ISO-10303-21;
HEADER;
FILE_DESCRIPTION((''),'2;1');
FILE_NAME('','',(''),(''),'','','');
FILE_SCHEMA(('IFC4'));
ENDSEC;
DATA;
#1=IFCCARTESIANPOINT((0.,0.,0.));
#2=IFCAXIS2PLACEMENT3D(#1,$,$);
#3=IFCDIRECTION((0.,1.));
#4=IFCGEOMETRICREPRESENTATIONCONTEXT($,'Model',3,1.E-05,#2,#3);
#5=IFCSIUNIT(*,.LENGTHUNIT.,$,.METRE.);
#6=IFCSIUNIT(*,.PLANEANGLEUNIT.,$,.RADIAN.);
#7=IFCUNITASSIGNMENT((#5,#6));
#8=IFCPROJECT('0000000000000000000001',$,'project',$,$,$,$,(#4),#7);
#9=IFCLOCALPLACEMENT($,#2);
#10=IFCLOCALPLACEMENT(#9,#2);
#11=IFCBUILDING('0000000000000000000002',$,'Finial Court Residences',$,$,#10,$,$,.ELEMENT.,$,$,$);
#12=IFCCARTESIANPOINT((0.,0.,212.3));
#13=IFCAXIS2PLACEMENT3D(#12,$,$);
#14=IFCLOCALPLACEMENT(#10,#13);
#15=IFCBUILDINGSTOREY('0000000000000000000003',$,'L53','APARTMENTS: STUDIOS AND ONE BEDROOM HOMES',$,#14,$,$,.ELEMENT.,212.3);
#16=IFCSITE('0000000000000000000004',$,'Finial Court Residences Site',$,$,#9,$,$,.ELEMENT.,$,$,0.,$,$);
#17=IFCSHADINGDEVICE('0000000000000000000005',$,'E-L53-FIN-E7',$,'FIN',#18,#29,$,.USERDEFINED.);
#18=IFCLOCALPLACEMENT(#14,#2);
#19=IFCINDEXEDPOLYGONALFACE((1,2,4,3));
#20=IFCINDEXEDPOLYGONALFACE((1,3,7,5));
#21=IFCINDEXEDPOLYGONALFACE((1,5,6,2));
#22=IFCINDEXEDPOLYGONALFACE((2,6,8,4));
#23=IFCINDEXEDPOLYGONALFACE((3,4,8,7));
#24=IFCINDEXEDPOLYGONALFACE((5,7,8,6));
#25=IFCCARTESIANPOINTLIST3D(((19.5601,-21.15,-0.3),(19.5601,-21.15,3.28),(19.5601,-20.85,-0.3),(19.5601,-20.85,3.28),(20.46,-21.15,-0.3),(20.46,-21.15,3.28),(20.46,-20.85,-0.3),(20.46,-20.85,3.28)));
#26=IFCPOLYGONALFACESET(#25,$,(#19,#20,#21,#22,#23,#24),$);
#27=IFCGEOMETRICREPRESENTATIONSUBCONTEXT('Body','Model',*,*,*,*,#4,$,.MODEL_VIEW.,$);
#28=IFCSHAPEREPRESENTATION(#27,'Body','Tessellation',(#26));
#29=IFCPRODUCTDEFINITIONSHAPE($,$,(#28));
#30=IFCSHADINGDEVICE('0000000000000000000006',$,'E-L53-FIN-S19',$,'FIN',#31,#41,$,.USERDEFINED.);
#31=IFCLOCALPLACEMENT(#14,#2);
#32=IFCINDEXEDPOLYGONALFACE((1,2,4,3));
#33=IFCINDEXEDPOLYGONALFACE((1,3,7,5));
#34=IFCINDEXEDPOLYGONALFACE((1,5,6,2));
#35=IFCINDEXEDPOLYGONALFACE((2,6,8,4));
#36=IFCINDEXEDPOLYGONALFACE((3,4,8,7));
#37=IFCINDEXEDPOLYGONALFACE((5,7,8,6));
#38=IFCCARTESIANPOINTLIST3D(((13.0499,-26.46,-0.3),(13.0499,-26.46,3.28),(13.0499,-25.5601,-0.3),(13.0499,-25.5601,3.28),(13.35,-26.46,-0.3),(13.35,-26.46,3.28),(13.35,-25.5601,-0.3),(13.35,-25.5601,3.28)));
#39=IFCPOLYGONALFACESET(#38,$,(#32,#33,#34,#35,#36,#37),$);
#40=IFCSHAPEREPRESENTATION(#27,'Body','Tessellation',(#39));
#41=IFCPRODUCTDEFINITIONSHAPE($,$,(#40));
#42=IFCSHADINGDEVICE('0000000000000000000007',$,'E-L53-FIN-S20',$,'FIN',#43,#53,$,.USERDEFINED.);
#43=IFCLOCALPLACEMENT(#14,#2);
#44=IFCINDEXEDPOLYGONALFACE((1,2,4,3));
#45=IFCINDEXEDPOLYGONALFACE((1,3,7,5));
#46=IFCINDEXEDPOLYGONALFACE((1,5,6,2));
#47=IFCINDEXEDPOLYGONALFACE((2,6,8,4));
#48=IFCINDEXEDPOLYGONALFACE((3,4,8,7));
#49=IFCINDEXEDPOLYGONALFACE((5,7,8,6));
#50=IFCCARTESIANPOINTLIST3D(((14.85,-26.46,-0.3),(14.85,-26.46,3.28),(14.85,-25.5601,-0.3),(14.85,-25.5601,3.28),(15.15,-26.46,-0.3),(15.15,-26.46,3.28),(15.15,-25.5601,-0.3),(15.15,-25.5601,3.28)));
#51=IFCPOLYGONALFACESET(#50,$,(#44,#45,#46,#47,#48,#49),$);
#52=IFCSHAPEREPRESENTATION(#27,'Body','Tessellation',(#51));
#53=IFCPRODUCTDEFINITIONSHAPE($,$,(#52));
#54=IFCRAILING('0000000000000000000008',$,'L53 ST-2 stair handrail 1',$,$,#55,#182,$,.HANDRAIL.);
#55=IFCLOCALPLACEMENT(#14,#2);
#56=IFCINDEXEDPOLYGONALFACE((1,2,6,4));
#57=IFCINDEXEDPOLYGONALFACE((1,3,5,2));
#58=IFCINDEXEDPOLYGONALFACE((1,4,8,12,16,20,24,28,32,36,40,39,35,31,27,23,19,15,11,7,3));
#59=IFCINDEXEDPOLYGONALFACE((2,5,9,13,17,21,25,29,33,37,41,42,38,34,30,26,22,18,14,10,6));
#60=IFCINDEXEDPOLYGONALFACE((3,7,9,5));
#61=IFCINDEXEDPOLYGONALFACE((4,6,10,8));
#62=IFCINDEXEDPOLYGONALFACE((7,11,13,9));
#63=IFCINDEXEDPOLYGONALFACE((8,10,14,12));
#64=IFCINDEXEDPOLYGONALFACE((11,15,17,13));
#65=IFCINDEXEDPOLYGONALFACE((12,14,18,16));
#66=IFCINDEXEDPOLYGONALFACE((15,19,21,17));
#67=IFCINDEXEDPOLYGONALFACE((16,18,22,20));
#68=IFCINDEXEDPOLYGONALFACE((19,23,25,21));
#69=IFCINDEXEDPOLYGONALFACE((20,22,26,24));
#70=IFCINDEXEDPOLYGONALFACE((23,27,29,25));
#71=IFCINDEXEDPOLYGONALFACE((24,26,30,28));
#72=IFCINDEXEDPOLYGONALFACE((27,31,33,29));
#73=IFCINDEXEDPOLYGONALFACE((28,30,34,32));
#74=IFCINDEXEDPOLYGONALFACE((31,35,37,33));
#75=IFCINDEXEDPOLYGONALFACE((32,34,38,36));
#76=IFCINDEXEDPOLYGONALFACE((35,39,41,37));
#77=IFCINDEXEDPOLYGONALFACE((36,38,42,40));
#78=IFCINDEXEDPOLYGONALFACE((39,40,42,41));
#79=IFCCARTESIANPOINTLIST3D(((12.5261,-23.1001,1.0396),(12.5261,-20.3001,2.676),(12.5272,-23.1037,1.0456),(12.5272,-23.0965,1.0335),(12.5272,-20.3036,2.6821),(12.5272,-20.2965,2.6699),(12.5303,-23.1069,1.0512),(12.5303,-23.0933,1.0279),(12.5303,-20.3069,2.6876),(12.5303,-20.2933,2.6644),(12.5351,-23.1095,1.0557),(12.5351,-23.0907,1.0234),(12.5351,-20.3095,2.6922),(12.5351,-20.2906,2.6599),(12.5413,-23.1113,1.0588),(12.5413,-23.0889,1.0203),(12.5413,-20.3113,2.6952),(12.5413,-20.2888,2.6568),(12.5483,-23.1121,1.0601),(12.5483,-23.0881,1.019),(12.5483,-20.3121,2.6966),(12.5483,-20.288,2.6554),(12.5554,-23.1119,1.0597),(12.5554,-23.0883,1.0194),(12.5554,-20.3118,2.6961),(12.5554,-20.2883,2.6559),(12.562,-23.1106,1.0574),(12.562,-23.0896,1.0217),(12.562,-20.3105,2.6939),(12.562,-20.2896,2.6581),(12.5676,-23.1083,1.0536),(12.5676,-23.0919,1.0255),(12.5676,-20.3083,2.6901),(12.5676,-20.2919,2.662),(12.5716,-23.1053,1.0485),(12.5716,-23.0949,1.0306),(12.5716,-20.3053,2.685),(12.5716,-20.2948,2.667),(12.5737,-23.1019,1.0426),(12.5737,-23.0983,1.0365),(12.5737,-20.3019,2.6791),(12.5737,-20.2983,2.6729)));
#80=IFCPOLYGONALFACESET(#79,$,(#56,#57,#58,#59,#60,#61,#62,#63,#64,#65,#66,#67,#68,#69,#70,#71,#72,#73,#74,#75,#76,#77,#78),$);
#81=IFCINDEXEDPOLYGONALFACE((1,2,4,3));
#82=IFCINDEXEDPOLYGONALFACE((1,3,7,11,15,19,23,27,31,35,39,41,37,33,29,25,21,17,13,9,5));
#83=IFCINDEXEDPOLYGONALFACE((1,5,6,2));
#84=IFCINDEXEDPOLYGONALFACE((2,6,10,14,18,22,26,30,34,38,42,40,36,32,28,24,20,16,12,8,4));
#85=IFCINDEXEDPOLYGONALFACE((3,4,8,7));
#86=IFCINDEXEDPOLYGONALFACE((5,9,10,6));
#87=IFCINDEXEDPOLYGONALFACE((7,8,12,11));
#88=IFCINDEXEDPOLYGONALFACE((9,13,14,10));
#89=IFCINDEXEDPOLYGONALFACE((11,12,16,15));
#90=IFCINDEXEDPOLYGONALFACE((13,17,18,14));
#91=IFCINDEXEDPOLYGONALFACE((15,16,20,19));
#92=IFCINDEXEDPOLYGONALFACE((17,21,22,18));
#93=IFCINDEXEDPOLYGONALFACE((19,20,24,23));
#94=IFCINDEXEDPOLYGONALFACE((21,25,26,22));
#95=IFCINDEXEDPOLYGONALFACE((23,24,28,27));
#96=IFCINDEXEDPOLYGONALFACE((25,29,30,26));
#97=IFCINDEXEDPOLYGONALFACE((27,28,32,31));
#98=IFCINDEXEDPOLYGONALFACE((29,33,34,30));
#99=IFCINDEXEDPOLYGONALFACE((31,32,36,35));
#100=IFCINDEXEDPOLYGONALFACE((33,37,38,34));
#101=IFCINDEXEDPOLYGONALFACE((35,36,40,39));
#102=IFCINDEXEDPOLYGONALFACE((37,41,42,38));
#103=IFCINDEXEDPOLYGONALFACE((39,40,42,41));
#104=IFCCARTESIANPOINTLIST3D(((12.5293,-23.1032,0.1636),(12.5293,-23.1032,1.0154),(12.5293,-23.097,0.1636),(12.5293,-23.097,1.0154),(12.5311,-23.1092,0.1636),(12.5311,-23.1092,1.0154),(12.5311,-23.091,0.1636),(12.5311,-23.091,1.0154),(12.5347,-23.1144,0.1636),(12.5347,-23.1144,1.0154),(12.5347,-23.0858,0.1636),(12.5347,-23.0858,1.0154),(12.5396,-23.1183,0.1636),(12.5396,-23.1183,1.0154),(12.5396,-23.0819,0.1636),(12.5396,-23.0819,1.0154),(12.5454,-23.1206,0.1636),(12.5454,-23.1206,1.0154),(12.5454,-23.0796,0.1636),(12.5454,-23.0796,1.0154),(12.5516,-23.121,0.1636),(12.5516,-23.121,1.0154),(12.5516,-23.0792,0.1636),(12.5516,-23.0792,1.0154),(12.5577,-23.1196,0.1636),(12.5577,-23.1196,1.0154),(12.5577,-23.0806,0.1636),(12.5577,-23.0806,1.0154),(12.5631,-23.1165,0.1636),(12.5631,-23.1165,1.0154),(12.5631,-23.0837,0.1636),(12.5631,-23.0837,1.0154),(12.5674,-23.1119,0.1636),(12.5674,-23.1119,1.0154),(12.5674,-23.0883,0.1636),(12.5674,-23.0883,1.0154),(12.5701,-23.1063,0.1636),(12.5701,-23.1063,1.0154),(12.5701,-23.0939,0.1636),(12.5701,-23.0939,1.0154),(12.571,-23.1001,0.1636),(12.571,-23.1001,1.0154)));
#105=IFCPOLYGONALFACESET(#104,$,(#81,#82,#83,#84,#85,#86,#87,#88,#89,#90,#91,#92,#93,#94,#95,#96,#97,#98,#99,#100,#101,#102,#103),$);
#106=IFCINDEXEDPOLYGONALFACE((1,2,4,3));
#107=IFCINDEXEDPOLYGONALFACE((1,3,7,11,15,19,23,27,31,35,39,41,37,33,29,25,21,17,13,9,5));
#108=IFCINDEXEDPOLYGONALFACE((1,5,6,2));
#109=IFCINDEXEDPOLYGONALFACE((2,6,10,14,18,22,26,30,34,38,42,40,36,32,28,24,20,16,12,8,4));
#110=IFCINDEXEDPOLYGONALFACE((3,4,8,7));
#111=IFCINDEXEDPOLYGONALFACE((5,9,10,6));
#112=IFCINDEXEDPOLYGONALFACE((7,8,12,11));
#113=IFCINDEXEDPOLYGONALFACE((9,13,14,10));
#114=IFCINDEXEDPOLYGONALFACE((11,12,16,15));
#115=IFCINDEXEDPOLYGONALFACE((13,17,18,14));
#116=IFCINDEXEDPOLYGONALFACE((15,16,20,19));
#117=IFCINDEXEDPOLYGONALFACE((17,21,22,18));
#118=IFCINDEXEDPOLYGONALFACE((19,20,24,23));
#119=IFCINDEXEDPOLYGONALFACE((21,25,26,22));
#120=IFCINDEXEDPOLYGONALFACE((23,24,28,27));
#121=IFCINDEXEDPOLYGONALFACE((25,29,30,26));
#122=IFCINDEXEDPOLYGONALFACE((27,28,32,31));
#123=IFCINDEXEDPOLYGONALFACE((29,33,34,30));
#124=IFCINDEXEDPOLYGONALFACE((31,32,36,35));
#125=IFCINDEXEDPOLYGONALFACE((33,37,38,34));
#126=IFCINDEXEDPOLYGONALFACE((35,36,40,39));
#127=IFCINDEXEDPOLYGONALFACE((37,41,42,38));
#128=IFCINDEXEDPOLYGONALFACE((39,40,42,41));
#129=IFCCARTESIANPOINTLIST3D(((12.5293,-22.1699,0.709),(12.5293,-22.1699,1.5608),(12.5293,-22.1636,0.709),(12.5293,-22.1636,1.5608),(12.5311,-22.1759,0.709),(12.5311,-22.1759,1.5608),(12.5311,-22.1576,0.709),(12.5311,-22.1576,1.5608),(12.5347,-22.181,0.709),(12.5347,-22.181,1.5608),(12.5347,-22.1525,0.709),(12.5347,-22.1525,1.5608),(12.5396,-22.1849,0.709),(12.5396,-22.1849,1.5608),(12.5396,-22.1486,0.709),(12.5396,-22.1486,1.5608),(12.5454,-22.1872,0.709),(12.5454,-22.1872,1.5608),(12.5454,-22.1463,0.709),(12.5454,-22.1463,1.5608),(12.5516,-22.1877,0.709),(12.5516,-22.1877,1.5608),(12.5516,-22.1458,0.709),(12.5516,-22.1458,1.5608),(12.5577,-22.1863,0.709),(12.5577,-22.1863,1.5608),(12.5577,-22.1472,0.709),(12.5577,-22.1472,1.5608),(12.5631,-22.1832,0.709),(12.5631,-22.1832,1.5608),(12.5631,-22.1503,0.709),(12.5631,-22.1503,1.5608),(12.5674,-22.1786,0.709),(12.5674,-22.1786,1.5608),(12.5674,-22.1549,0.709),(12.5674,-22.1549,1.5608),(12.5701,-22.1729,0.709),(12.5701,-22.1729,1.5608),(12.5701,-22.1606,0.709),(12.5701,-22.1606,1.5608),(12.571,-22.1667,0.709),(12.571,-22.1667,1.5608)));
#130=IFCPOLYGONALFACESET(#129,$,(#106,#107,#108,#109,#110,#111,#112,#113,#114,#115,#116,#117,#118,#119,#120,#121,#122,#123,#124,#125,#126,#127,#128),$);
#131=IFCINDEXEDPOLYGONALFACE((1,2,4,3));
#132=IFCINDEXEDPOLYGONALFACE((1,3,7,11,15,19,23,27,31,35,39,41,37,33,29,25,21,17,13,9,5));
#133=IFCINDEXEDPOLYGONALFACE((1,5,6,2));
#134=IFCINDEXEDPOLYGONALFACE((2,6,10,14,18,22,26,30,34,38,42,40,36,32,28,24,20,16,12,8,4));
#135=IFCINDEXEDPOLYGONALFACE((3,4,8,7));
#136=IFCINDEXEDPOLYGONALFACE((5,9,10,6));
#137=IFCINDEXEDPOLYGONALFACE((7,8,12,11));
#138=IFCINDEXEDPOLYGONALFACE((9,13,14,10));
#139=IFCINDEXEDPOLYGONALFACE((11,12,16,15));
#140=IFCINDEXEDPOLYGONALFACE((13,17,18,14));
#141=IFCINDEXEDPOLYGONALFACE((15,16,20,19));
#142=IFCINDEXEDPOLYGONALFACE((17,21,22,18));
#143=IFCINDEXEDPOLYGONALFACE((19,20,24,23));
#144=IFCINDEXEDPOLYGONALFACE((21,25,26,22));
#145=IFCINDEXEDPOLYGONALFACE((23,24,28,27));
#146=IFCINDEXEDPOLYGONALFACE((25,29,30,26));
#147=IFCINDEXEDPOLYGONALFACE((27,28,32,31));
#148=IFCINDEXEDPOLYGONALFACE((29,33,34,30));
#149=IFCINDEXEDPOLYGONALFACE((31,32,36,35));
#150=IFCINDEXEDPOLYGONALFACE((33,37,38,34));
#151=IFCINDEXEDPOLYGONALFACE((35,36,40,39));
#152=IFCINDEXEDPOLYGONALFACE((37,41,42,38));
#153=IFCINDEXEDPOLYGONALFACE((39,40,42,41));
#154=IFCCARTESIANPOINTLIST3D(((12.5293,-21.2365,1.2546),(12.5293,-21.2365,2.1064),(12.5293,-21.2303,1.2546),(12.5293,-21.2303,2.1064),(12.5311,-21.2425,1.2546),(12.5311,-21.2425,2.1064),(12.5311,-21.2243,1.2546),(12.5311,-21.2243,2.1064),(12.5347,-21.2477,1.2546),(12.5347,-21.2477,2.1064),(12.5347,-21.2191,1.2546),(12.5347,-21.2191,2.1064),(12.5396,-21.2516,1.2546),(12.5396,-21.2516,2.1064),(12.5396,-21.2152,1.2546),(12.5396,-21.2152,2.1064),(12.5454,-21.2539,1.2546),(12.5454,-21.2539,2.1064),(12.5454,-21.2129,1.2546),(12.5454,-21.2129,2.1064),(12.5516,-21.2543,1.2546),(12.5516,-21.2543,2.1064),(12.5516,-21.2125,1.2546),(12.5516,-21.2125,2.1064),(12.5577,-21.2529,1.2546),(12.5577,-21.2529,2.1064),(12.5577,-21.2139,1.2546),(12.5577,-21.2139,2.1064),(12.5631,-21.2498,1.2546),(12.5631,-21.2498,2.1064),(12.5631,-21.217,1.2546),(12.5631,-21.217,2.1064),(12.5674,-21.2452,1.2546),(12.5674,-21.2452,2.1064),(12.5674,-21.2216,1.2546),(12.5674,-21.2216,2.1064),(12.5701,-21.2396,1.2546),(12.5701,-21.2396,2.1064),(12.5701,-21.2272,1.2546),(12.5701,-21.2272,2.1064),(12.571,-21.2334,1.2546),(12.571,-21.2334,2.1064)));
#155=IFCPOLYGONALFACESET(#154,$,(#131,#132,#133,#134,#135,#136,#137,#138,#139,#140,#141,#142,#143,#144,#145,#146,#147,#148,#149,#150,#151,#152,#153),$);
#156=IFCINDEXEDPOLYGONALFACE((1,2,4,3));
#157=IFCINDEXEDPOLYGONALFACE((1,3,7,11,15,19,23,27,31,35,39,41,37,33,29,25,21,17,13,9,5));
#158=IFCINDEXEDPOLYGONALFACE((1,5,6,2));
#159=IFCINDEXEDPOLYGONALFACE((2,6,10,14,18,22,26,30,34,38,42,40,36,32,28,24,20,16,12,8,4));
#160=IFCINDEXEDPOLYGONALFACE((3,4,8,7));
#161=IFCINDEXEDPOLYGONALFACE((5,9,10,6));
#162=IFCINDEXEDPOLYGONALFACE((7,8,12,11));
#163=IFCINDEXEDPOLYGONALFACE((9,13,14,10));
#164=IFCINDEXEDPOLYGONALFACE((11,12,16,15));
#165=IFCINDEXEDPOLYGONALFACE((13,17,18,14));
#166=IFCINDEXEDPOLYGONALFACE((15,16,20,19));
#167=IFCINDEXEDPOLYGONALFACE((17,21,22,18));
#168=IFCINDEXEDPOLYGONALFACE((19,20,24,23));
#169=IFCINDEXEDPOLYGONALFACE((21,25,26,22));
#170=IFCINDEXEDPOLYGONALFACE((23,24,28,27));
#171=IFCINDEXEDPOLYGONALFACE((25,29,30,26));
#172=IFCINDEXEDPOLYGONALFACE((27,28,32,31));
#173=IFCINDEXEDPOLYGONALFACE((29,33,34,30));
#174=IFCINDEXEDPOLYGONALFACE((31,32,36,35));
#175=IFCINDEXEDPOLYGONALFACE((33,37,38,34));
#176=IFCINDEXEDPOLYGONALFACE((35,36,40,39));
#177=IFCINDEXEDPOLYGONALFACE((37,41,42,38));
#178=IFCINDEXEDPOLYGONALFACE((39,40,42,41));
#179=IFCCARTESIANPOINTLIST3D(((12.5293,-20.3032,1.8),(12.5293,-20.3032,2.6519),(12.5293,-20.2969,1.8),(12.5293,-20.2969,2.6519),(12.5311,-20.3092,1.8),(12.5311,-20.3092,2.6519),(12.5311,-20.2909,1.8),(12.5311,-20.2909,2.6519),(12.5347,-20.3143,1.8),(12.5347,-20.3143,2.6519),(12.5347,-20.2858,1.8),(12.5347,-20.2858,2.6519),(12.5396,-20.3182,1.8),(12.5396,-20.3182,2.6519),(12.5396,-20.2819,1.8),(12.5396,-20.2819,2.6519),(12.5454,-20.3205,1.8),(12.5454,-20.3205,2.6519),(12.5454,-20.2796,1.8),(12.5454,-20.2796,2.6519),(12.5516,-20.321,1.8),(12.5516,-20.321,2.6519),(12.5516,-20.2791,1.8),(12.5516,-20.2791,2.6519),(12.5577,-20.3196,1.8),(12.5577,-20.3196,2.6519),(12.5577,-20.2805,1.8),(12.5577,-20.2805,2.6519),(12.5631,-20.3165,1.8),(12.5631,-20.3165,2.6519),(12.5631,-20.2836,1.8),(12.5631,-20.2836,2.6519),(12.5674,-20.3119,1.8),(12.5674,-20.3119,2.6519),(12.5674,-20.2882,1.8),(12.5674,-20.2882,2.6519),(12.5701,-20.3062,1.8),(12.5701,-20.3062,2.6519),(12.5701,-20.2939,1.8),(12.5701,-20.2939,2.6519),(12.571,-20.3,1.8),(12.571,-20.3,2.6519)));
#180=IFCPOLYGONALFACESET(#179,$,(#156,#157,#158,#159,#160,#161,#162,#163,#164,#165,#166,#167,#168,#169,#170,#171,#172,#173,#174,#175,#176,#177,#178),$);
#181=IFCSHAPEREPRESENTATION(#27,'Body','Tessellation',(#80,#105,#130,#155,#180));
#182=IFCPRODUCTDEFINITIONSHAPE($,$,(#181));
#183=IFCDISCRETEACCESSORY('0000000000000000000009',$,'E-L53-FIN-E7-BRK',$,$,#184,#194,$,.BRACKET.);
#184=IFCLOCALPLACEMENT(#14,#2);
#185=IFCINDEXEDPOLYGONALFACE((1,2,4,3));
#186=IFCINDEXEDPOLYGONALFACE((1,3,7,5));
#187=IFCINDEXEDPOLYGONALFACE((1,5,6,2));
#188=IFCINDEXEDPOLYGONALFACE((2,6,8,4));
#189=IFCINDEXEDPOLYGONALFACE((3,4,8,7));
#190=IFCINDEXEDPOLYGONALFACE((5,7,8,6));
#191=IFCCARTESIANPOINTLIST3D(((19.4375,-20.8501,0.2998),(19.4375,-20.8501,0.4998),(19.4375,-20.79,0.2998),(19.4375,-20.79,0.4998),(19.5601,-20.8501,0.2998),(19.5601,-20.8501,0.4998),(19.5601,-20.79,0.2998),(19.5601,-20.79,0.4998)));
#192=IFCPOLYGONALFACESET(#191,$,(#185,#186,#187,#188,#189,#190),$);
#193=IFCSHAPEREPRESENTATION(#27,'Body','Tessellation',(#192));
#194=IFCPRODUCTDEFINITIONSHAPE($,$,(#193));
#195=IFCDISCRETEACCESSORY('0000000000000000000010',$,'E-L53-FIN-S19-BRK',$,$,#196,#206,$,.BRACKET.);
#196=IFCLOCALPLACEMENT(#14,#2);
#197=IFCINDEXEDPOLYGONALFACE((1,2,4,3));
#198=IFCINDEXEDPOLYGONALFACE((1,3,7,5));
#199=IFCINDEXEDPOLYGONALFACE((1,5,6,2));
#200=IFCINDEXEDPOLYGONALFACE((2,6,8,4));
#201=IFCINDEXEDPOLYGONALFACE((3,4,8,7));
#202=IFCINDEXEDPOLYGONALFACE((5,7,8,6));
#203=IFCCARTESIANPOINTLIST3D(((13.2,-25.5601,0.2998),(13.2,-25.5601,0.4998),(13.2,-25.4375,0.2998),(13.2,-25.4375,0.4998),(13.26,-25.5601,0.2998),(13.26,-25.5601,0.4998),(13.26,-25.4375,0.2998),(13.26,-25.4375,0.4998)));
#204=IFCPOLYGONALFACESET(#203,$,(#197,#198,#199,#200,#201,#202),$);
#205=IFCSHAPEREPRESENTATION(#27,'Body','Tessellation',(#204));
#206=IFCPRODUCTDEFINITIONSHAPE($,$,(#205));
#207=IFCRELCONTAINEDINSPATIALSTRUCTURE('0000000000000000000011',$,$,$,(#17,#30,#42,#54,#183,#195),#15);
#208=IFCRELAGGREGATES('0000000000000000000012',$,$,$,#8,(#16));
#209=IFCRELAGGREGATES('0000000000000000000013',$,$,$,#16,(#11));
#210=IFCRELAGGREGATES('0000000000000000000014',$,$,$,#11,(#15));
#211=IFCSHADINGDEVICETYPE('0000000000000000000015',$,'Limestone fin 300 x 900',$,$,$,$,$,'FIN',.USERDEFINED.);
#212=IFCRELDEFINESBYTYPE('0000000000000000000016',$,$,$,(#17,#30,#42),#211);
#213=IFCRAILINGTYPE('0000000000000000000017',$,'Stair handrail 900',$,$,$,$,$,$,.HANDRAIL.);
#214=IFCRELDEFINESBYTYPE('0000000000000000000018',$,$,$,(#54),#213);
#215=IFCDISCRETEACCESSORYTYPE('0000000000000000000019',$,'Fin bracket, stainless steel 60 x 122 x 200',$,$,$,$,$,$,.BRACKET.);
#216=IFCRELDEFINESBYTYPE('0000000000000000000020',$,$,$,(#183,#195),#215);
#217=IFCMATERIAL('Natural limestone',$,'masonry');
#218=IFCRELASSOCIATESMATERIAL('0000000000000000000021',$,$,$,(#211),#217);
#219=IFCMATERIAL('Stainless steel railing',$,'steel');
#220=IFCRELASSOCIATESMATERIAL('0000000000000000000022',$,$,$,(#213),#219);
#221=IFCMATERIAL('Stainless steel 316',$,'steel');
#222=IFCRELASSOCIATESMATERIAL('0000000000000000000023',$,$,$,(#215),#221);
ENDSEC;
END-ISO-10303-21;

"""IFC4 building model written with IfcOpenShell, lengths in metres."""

from ifc_helpers import new_model, si_unit, direction, frame, origin, origin_2d, place, context, subcontext, project, spatial, rectangle, circle, extrude, material, type_object, element, save


model = new_model("IFC4")

# Units and contexts
model_context = context("Model", 3, precision=1e-05, world=origin(), true_north=direction((0.0, 1.0)))
body_context = subcontext(model_context, "Body", "Model", "MODEL_VIEW")
ifc_project = project(units=[si_unit("LENGTHUNIT", "METRE"), si_unit("PLANEANGLEUNIT", "RADIAN")], contexts=[model_context])

# Site, building, storey
site_placement = place(None, origin())
site = spatial("IfcSite", under=ifc_project, at=site_placement, Name="Finial Court Residences Site", CompositionType="ELEMENT", RefElevation=0.0)
building_placement = place(site_placement, origin())
building = spatial("IfcBuilding", under=site, at=building_placement, Name="Finial Court Residences", CompositionType="ELEMENT")
storey_placement = place(building_placement, frame((0.0, 0.0, 212.3)))
storey = spatial("IfcBuildingStorey", under=building, at=storey_placement, Name="L53", Description="APARTMENTS: STUDIOS AND ONE BEDROOM HOMES", CompositionType="ELEMENT", Elevation=212.3)

# Shared definitions
ifc_material_1 = material(Name="Natural limestone", Category="masonry")

# Shading devices
shading_device_type = type_object("IfcShadingDeviceType", Name="Limestone fin 300 x 900", ElementType="FIN", PredefinedType="USERDEFINED", material=ifc_material_1)
shading_device_placement = place(storey_placement, frame((20.01, -21.0, -0.3), z_axis=(0.0, 0.0, 1.0), x_axis=(1.0, 0.0, 0.0)))
element("IfcShadingDevice", 1, at=shading_device_placement, inside=storey, type_object=shading_device_type, Name="E-L53-FIN-E7", ObjectType="FIN", PredefinedType="USERDEFINED", context=body_context, shape_type="SweptSolid", body=[
    extrude(rectangle(XDim=0.8999, YDim=0.3, at=origin_2d()), origin(), (0.0, 0.0, 1.0), 3.5801),
])
for number, where, z_axis, x_axis, name in (
    (2, (13.2, -26.01, -0.3), (0.0, 0.0, 1.0), (1.0, 0.0, 0.0), "E-L53-FIN-S19"),
    (3, (15.0, -26.01, -0.3), (0.0, 0.0, 1.0), (1.0, 0.0, 0.0), "E-L53-FIN-S20"),
):
    element("IfcShadingDevice", number, at=place(storey_placement, frame(where, z_axis=z_axis, x_axis=x_axis)), inside=storey, type_object=shading_device_type, Name=name, ObjectType="FIN", PredefinedType="USERDEFINED", context=body_context, shape_type="SweptSolid", body=[
        extrude(rectangle(XDim=0.3, YDim=0.8999, at=origin_2d()), origin(), (0.0, 0.0, 1.0), 3.5801),
    ])

# Railing
ifc_material_2 = material(Name="Stainless steel railing", Category="steel")
railing_type = type_object("IfcRailingType", Name="Stair handrail 900", PredefinedType="HANDRAIL", material=ifc_material_2)
railing_placement = place(storey_placement, frame((12.55, -23.1001, 0.1636)))
element("IfcRailing", 4, at=railing_placement, inside=storey, type_object=railing_type, Name="L53 ST-2 stair handrail 1", PredefinedType="HANDRAIL", context=body_context, shape_type="SweptSolid", body=[
    extrude(circle(Radius=0.0239, at=origin_2d()), frame((0.0, 0.0, 0.876), z_axis=(0.0, 0.863361, 0.504587), x_axis=(-1.0, 0.0, 0.0)), (0.0, 0.0, 1.0), 3.2432),
    extrude(circle(Radius=0.021, at=origin_2d()), origin(), (0.0, 0.0, 1.0), 0.8518),
    extrude(circle(Radius=0.021, at=origin_2d()), frame((0.0, 0.9333, 0.5454)), (0.0, 0.0, 1.0), 0.8518),
    extrude(circle(Radius=0.021, at=origin_2d()), frame((0.0, 1.8667, 1.0911)), (0.0, 0.0, 1.0), 0.8518),
    extrude(circle(Radius=0.021, at=origin_2d()), frame((0.0, 2.8, 1.6365)), (0.0, 0.0, 1.0), 0.8518),
])

# Discrete accessories
ifc_material_3 = material(Name="Stainless steel 316", Category="steel")
discrete_accessory_type = type_object("IfcDiscreteAccessoryType", Name="Fin bracket, stainless steel 60 x 122 x 200", PredefinedType="BRACKET", material=ifc_material_3)
discrete_accessory_placement = place(storey_placement, frame((19.4988, -20.8201, 0.2998), z_axis=(0.0, 0.0, 1.0), x_axis=(1.0, 0.0, 0.0)))
element("IfcDiscreteAccessory", 5, at=discrete_accessory_placement, inside=storey, type_object=discrete_accessory_type, Name="E-L53-FIN-E7-BRK", PredefinedType="BRACKET", context=body_context, shape_type="SweptSolid", body=[
    extrude(rectangle(XDim=0.1226, YDim=0.0601, at=origin_2d()), origin(), (0.0, 0.0, 1.0), 0.2),
])
for number, where, z_axis, x_axis, name in (
    (6, (13.23, -25.4988, 0.2998), (0.0, 0.0, 1.0), (1.0, 0.0, 0.0), "E-L53-FIN-S19-BRK"),
):
    element("IfcDiscreteAccessory", number, at=place(storey_placement, frame(where, z_axis=z_axis, x_axis=x_axis)), inside=storey, type_object=discrete_accessory_type, Name=name, PredefinedType="BRACKET", context=body_context, shape_type="SweptSolid", body=[
        extrude(rectangle(XDim=0.0601, YDim=0.1226, at=origin_2d()), origin(), (0.0, 0.0, 1.0), 0.2),
    ])

save(model, "model.ifc")
